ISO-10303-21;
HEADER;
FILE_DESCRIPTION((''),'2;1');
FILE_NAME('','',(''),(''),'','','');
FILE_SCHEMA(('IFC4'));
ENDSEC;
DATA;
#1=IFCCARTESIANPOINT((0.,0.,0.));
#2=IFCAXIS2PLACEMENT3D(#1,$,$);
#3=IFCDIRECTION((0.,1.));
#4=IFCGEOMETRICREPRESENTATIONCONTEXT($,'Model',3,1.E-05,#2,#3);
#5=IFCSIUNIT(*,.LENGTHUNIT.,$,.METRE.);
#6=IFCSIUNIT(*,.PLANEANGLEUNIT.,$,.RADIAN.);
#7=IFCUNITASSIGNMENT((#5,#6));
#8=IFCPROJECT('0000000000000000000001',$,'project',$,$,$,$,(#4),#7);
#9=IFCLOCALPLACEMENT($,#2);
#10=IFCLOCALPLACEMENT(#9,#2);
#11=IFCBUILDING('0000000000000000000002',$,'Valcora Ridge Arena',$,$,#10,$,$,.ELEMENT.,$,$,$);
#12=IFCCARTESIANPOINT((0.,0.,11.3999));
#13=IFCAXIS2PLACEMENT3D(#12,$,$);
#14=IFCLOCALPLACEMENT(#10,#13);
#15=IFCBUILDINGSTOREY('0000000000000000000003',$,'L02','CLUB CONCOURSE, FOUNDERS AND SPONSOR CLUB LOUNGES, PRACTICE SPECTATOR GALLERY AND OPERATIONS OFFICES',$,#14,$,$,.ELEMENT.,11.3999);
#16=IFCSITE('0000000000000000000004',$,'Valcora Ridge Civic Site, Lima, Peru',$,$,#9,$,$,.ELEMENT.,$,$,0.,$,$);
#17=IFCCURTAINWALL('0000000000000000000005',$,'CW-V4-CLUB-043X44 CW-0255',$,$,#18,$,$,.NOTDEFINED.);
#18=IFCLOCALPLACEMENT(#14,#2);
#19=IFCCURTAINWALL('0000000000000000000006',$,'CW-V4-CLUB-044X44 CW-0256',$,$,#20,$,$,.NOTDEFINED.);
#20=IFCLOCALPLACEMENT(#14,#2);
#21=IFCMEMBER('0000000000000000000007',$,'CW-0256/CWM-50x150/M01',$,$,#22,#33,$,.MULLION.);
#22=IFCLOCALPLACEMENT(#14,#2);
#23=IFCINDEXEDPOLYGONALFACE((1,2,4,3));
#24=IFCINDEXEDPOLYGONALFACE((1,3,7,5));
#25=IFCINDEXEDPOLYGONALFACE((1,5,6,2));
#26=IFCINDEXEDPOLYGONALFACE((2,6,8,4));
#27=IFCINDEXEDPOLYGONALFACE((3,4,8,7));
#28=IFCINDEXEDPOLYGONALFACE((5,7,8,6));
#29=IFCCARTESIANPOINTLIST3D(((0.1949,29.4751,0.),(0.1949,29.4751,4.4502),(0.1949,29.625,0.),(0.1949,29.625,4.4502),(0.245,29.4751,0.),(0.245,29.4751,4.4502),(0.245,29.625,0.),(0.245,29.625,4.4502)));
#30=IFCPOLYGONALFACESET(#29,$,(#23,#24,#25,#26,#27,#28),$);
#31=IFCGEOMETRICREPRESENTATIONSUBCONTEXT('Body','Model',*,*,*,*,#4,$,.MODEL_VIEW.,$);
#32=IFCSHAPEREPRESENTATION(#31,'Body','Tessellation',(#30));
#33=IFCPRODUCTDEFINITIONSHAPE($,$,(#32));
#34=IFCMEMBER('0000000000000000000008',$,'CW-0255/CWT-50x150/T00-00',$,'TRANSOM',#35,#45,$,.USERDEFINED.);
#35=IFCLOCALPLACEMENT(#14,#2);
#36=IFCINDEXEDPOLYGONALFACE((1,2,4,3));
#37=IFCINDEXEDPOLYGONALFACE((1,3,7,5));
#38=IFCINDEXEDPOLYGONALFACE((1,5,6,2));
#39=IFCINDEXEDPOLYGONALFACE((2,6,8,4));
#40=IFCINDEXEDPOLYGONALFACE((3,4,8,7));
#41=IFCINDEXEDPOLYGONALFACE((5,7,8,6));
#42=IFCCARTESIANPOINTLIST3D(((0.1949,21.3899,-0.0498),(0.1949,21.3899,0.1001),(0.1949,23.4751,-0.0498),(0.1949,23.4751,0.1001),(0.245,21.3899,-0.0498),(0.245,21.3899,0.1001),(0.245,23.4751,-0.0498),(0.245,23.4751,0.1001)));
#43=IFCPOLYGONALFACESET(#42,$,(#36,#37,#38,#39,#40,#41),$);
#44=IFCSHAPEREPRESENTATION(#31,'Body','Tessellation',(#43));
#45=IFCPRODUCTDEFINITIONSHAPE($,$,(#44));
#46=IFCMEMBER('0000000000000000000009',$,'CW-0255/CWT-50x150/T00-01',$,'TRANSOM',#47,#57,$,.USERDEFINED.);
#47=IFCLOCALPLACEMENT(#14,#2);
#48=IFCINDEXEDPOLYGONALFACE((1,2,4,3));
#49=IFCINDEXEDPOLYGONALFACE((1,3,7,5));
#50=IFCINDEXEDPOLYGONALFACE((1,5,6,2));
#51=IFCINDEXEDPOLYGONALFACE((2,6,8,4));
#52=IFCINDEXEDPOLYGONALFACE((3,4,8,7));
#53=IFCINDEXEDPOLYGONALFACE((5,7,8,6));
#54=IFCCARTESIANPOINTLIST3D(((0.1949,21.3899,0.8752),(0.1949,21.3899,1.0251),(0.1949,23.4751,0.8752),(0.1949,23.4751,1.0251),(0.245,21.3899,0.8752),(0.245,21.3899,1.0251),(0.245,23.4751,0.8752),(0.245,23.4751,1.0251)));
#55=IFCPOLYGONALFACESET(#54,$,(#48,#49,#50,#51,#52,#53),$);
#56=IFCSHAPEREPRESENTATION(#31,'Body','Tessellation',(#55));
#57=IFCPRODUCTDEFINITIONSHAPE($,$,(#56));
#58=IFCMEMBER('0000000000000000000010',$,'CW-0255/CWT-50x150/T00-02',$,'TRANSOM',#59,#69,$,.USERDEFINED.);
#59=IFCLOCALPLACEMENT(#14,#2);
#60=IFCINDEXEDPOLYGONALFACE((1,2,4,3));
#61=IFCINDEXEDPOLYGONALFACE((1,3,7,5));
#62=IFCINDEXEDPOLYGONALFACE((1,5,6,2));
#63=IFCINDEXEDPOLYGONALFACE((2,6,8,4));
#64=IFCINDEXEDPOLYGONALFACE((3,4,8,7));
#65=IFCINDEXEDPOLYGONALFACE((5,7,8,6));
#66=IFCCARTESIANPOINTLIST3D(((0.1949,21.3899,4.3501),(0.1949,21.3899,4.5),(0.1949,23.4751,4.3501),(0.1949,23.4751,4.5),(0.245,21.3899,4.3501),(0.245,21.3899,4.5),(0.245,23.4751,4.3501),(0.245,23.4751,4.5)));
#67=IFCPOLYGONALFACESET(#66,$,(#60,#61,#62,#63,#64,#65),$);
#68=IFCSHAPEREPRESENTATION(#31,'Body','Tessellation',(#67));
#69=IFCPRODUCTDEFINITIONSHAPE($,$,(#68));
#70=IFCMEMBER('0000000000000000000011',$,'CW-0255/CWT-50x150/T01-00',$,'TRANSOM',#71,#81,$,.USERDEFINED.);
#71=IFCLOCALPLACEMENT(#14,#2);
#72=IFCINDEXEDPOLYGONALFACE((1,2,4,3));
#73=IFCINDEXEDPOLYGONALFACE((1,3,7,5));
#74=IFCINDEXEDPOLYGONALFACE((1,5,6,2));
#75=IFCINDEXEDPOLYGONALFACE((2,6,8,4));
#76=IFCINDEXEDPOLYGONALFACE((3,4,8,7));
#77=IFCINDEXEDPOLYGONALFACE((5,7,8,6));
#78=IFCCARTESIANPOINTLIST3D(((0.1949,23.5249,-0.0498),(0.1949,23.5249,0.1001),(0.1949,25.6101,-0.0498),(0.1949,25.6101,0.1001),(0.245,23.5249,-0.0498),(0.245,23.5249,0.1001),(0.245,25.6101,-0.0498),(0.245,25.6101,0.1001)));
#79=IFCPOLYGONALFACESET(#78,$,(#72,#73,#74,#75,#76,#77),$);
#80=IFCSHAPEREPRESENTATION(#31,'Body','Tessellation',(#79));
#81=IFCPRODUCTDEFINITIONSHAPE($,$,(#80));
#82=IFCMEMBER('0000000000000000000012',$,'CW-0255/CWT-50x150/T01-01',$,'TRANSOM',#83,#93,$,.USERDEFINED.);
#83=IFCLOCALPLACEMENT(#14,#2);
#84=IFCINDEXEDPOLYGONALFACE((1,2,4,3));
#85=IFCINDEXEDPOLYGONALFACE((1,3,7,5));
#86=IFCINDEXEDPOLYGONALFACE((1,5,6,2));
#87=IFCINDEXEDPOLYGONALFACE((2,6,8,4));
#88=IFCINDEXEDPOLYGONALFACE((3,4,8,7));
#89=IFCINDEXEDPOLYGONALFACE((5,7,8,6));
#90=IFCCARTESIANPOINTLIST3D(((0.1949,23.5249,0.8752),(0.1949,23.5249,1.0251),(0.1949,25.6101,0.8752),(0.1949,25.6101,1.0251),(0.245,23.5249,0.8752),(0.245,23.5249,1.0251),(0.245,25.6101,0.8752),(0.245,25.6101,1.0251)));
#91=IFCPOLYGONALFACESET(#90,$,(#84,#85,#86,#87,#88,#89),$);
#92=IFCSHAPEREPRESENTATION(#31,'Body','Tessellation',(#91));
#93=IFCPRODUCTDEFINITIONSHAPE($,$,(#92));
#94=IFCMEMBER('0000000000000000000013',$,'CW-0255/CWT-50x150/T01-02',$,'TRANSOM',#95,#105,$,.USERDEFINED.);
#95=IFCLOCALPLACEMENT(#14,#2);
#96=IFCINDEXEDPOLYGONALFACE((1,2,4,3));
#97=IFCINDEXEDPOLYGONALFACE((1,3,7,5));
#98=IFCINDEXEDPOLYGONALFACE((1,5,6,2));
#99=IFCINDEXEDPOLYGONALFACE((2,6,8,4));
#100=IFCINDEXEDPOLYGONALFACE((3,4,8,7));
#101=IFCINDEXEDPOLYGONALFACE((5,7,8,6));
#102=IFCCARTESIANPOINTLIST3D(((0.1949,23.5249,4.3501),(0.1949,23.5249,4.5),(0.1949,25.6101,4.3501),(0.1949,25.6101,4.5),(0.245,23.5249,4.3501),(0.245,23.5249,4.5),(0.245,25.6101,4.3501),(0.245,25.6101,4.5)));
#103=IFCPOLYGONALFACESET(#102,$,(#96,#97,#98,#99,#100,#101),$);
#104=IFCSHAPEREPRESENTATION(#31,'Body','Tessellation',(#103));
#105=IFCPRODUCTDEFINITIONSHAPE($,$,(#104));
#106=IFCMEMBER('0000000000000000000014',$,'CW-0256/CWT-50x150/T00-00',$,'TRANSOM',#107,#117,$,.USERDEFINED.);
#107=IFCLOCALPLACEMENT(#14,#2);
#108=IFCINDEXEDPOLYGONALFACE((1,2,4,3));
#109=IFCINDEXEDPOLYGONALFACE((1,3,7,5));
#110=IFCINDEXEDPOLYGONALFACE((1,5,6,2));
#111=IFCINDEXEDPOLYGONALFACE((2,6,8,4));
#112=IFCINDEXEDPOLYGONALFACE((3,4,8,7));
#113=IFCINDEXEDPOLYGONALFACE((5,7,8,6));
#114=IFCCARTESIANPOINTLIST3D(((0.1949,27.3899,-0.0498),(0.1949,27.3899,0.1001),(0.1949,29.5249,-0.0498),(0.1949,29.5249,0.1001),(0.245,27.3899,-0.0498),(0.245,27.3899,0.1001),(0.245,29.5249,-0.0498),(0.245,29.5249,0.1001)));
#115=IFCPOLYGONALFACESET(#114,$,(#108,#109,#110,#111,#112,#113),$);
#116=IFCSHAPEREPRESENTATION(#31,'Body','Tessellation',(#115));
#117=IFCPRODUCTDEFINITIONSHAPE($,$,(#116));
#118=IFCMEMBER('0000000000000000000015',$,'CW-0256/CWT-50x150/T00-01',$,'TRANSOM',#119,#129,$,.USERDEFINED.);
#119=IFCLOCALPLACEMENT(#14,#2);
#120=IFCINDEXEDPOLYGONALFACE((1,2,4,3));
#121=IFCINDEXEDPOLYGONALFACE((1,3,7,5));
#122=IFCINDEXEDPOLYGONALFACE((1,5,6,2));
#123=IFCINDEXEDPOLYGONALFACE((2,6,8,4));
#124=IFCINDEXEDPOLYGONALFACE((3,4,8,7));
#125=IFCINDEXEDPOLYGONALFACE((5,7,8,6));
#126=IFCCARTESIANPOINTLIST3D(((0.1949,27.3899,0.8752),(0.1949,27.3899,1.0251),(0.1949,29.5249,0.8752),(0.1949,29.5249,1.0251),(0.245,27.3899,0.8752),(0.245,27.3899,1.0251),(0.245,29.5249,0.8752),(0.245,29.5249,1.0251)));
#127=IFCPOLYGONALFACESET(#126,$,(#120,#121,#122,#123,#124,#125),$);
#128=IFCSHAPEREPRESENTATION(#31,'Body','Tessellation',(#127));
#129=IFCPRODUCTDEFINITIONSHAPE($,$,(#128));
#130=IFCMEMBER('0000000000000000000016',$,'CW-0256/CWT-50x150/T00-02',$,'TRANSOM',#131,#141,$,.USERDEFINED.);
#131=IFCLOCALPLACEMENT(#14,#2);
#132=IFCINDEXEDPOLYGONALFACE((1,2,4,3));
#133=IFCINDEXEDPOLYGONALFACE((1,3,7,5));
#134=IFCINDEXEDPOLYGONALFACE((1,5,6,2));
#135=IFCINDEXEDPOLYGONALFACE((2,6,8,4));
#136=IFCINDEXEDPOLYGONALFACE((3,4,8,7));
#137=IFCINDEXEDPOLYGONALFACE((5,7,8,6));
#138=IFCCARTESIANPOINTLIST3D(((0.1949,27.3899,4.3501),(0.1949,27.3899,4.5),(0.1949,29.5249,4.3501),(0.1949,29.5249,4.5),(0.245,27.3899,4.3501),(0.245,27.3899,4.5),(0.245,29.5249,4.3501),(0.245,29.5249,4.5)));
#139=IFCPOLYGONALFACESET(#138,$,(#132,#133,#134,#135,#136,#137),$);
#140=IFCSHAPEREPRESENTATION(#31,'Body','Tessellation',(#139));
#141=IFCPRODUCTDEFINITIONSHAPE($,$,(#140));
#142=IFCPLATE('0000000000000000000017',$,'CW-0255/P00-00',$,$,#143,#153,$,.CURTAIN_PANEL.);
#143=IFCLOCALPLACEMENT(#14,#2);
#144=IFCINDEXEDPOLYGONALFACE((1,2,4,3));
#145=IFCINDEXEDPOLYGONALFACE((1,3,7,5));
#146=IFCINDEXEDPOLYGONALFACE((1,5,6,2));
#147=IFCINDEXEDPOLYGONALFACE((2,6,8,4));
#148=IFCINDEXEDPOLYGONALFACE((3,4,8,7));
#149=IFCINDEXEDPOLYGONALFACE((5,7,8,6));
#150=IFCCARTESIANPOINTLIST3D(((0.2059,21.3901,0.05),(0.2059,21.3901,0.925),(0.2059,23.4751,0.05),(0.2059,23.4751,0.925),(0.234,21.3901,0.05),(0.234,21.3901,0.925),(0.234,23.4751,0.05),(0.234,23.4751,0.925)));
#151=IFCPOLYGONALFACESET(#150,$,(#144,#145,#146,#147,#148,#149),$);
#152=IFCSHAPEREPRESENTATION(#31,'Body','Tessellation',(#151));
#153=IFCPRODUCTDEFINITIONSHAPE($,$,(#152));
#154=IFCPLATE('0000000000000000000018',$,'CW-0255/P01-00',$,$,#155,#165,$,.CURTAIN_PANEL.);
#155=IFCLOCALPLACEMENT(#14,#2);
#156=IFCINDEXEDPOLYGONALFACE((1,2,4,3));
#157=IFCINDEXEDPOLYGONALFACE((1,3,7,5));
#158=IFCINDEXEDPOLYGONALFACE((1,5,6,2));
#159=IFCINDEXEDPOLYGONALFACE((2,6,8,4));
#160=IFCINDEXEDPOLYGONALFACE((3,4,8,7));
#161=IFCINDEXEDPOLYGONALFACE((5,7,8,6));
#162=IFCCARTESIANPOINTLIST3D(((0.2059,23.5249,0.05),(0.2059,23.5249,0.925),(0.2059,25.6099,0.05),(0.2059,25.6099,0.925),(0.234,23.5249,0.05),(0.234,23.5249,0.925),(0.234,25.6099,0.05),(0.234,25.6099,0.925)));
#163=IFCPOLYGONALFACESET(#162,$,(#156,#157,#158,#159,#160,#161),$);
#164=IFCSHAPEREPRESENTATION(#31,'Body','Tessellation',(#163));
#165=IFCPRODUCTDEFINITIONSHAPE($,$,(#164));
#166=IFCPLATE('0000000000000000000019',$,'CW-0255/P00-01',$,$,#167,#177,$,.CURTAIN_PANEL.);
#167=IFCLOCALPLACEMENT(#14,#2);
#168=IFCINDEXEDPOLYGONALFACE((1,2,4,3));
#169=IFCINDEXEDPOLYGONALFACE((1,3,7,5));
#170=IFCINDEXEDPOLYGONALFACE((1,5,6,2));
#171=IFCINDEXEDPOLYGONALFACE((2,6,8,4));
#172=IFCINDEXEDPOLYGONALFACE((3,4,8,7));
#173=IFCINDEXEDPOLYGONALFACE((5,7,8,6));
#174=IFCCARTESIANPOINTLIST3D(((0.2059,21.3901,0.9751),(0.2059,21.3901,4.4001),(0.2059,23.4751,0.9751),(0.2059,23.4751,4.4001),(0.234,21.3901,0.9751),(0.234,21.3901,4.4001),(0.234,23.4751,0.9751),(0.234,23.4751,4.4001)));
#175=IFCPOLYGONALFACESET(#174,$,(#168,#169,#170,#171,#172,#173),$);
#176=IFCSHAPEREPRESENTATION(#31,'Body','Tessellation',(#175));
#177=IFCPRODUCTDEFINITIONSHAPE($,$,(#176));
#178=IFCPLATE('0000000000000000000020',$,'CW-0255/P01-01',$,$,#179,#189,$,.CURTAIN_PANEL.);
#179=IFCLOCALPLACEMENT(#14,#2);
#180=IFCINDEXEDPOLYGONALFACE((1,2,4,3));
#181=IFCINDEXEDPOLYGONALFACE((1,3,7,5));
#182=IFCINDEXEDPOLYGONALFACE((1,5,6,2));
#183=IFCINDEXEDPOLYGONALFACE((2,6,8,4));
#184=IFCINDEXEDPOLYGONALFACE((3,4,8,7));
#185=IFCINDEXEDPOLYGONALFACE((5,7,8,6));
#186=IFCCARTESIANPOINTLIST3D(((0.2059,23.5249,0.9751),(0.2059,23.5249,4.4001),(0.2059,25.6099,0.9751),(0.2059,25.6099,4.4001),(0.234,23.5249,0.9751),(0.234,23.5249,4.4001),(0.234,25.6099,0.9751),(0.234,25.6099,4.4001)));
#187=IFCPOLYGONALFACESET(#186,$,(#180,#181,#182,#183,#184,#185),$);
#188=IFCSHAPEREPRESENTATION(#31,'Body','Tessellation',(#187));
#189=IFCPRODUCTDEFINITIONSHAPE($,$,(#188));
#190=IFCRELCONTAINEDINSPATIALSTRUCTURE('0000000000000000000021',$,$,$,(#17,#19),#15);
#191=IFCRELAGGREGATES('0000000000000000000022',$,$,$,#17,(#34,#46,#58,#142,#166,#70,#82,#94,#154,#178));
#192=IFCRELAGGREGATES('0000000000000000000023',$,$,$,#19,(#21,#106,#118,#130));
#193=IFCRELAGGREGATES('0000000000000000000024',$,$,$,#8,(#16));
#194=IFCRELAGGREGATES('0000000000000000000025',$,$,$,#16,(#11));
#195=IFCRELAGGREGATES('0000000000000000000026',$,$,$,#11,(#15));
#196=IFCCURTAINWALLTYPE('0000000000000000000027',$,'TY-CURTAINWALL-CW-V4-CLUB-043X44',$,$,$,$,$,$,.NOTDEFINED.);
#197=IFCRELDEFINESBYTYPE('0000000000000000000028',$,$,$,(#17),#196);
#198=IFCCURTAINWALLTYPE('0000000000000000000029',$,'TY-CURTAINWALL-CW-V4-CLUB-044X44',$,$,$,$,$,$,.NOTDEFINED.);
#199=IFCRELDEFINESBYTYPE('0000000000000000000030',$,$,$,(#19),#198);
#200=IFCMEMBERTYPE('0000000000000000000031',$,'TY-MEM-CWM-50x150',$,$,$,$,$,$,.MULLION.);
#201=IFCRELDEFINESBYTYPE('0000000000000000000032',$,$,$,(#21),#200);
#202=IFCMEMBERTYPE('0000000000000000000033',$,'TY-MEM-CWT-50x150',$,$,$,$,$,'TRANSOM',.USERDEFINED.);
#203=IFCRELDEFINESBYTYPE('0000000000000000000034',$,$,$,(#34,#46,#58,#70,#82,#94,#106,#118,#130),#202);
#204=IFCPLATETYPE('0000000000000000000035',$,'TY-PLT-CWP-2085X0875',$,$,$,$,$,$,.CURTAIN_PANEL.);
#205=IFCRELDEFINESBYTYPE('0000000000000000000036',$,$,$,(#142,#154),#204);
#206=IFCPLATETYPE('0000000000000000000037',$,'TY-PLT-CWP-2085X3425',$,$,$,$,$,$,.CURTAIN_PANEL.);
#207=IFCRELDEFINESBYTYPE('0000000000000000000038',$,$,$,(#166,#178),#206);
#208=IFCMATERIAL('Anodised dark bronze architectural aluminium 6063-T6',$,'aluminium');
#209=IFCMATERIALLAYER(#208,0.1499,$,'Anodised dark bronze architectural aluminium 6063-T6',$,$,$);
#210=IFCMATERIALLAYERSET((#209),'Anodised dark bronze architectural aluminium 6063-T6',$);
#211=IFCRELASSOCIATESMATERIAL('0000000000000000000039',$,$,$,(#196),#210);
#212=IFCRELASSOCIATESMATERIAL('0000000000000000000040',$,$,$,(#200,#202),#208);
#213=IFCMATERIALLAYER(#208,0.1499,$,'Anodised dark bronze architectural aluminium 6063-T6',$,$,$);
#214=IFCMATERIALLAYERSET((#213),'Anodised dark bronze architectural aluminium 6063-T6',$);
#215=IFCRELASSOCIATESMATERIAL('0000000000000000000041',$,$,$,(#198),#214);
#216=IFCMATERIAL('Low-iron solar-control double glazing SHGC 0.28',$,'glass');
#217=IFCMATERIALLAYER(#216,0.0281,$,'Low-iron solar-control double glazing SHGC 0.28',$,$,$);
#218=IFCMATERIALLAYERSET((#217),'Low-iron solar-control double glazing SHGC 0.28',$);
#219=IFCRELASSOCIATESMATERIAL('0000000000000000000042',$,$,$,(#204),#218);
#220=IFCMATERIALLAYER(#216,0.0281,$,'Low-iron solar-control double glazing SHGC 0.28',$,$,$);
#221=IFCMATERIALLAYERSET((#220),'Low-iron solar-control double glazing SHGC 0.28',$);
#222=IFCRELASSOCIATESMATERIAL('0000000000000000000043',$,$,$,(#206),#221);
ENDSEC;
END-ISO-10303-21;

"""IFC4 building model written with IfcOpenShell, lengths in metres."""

from ifc_helpers import new_model, si_unit, direction, frame, origin, origin_2d, place, context, subcontext, project, spatial, rectangle, extrude, material, layer, layer_set, material_profile, profile_set, type_object, element, aggregate, save


model = new_model("IFC4")

# Units and contexts
model_context = context("Model", 3, precision=1e-05, world=origin(), true_north=direction((0.0, 1.0)))
body_context = subcontext(model_context, "Body", "Model", "MODEL_VIEW")
ifc_project = project(units=[si_unit("LENGTHUNIT", "METRE"), si_unit("PLANEANGLEUNIT", "RADIAN")], contexts=[model_context])

# Site, building, storey
site_placement = place(None, origin())
site = spatial("IfcSite", under=ifc_project, at=site_placement, Name="Valcora Ridge Civic Site, Lima, Peru", CompositionType="ELEMENT", RefElevation=0.0)
building_placement = place(site_placement, origin())
building = spatial("IfcBuilding", under=site, at=building_placement, Name="Valcora Ridge Arena", CompositionType="ELEMENT")
storey_placement = place(building_placement, frame((0.0, 0.0, 11.3999)))
storey = spatial("IfcBuildingStorey", under=building, at=storey_placement, Name="L02", Description="CLUB CONCOURSE, FOUNDERS AND SPONSOR CLUB LOUNGES, PRACTICE SPECTATOR GALLERY AND OPERATIONS OFFICES", CompositionType="ELEMENT", Elevation=11.3999)

# Curtain walls, member
ifc_material_1 = material(Name="Anodised dark bronze architectural aluminium 6063-T6", Category="aluminium")
ifc_layer_1 = layer(ifc_material_1, 0.1499, Name="Anodised dark bronze architectural aluminium 6063-T6")
ifc_layer_set_1 = layer_set([ifc_layer_1], Name="Anodised dark bronze architectural aluminium 6063-T6")
curtain_wall_type_1 = type_object("IfcCurtainWallType", Name="TY-CURTAINWALL-CW-V4-CLUB-043X44", PredefinedType="NOTDEFINED", material=ifc_layer_set_1)
curtain_wall_1_placement = place(storey_placement, origin())
curtain_wall_1 = element("IfcCurtainWall", 1, at=curtain_wall_1_placement, inside=storey, type_object=curtain_wall_type_1, Name="CW-V4-CLUB-043X44 CW-0255", PredefinedType="NOTDEFINED")
ifc_material_profile_1 = material_profile(ifc_material_1, rectangle(XDim=0.05, YDim=0.1499, at=origin_2d()), Name="ALU MULLION 50x150")
ifc_profile_set_1 = profile_set([ifc_material_profile_1], Name="Anodised dark bronze architectural aluminium 6063-T6")
member_type_1 = type_object("IfcMemberType", Name="TY-MEM-CWM-50x150", PredefinedType="MULLION", material=ifc_profile_set_1)
ifc_layer_2 = layer(ifc_material_1, 0.1499, Name="Anodised dark bronze architectural aluminium 6063-T6")
ifc_layer_set_2 = layer_set([ifc_layer_2], Name="Anodised dark bronze architectural aluminium 6063-T6")
curtain_wall_type_2 = type_object("IfcCurtainWallType", Name="TY-CURTAINWALL-CW-V4-CLUB-044X44", PredefinedType="NOTDEFINED", material=ifc_layer_set_2)
curtain_wall_2_placement = place(storey_placement, origin())
curtain_wall_2 = element("IfcCurtainWall", 2, at=curtain_wall_2_placement, inside=storey, type_object=curtain_wall_type_2, Name="CW-V4-CLUB-044X44 CW-0256", PredefinedType="NOTDEFINED")
member_1_placement = place(storey_placement, frame((0.22, 29.55, 0.0), z_axis=(0.0, 0.0, 1.0), x_axis=(-1.0, 0.0, 0.0)))
member_1 = element("IfcMember", 3, at=member_1_placement, type_object=member_type_1, Name="CW-0256/CWM-50x150/M01", PredefinedType="MULLION", context=body_context, shape_type="SweptSolid", body=[
    extrude(rectangle(XDim=0.05, YDim=0.1499, at=origin_2d()), origin(), (0.0, 0.0, 1.0), 4.4502),
])

# Members
ifc_material_profile_2 = material_profile(ifc_material_1, rectangle(XDim=0.05, YDim=0.1499, at=origin_2d()), Name="ALU TRANSOM 50x150")
ifc_profile_set_2 = profile_set([ifc_material_profile_2], Name="Anodised dark bronze architectural aluminium 6063-T6")
member_type_2 = type_object("IfcMemberType", Name="TY-MEM-CWT-50x150", ElementType="TRANSOM", PredefinedType="USERDEFINED", material=ifc_profile_set_2)
member_2_placement = place(storey_placement, frame((0.22, 21.3899, 0.0251), z_axis=(0.0, 1.0, 0.0), x_axis=(-1.0, 0.0, 0.0)))
member_2 = element("IfcMember", 4, at=member_2_placement, type_object=member_type_2, Name="CW-0255/CWT-50x150/T00-00", ObjectType="TRANSOM", PredefinedType="USERDEFINED", context=body_context, shape_type="SweptSolid", body=[
    extrude(rectangle(XDim=0.05, YDim=0.1499, at=origin_2d()), origin(), (0.0, 0.0, 1.0), 2.0852),
])
member_3_placement = place(storey_placement, frame((0.22, 21.3899, 0.9502), z_axis=(0.0, 1.0, 0.0), x_axis=(-1.0, 0.0, 0.0)))
member_3 = element("IfcMember", 5, at=member_3_placement, type_object=member_type_2, Name="CW-0255/CWT-50x150/T00-01", ObjectType="TRANSOM", PredefinedType="USERDEFINED", context=body_context, shape_type="SweptSolid", body=[
    extrude(rectangle(XDim=0.05, YDim=0.1499, at=origin_2d()), origin(), (0.0, 0.0, 1.0), 2.0852),
])
member_4_placement = place(storey_placement, frame((0.22, 21.3899, 4.425), z_axis=(0.0, 1.0, 0.0), x_axis=(-1.0, 0.0, 0.0)))
member_4 = element("IfcMember", 6, at=member_4_placement, type_object=member_type_2, Name="CW-0255/CWT-50x150/T00-02", ObjectType="TRANSOM", PredefinedType="USERDEFINED", context=body_context, shape_type="SweptSolid", body=[
    extrude(rectangle(XDim=0.05, YDim=0.1499, at=origin_2d()), origin(), (0.0, 0.0, 1.0), 2.0852),
])
member_5_placement = place(storey_placement, frame((0.22, 23.5249, 0.0251), z_axis=(0.0, 1.0, 0.0), x_axis=(-1.0, 0.0, 0.0)))
member_5 = element("IfcMember", 7, at=member_5_placement, type_object=member_type_2, Name="CW-0255/CWT-50x150/T01-00", ObjectType="TRANSOM", PredefinedType="USERDEFINED", context=body_context, shape_type="SweptSolid", body=[
    extrude(rectangle(XDim=0.05, YDim=0.1499, at=origin_2d()), origin(), (0.0, 0.0, 1.0), 2.0852),
])
member_6_placement = place(storey_placement, frame((0.22, 23.5249, 0.9502), z_axis=(0.0, 1.0, 0.0), x_axis=(-1.0, 0.0, 0.0)))
member_6 = element("IfcMember", 8, at=member_6_placement, type_object=member_type_2, Name="CW-0255/CWT-50x150/T01-01", ObjectType="TRANSOM", PredefinedType="USERDEFINED", context=body_context, shape_type="SweptSolid", body=[
    extrude(rectangle(XDim=0.05, YDim=0.1499, at=origin_2d()), origin(), (0.0, 0.0, 1.0), 2.0852),
])
member_7_placement = place(storey_placement, frame((0.22, 23.5249, 4.425), z_axis=(0.0, 1.0, 0.0), x_axis=(-1.0, 0.0, 0.0)))
member_7 = element("IfcMember", 9, at=member_7_placement, type_object=member_type_2, Name="CW-0255/CWT-50x150/T01-02", ObjectType="TRANSOM", PredefinedType="USERDEFINED", context=body_context, shape_type="SweptSolid", body=[
    extrude(rectangle(XDim=0.05, YDim=0.1499, at=origin_2d()), origin(), (0.0, 0.0, 1.0), 2.0852),
])
member_8_placement = place(storey_placement, frame((0.22, 27.3899, 0.0251), z_axis=(0.0, 1.0, 0.0), x_axis=(-1.0, 0.0, 0.0)))
member_8 = element("IfcMember", 10, at=member_8_placement, type_object=member_type_2, Name="CW-0256/CWT-50x150/T00-00", ObjectType="TRANSOM", PredefinedType="USERDEFINED", context=body_context, shape_type="SweptSolid", body=[
    extrude(rectangle(XDim=0.05, YDim=0.1499, at=origin_2d()), origin(), (0.0, 0.0, 1.0), 2.135),
])
member_9_placement = place(storey_placement, frame((0.22, 27.3899, 0.9502), z_axis=(0.0, 1.0, 0.0), x_axis=(-1.0, 0.0, 0.0)))
member_9 = element("IfcMember", 11, at=member_9_placement, type_object=member_type_2, Name="CW-0256/CWT-50x150/T00-01", ObjectType="TRANSOM", PredefinedType="USERDEFINED", context=body_context, shape_type="SweptSolid", body=[
    extrude(rectangle(XDim=0.05, YDim=0.1499, at=origin_2d()), origin(), (0.0, 0.0, 1.0), 2.135),
])
member_10_placement = place(storey_placement, frame((0.22, 27.3899, 4.425), z_axis=(0.0, 1.0, 0.0), x_axis=(-1.0, 0.0, 0.0)))
member_10 = element("IfcMember", 12, at=member_10_placement, type_object=member_type_2, Name="CW-0256/CWT-50x150/T00-02", ObjectType="TRANSOM", PredefinedType="USERDEFINED", context=body_context, shape_type="SweptSolid", body=[
    extrude(rectangle(XDim=0.05, YDim=0.1499, at=origin_2d()), origin(), (0.0, 0.0, 1.0), 2.135),
])

# Plates
ifc_material_2 = material(Name="Low-iron solar-control double glazing SHGC 0.28", Category="glass")
ifc_layer_3 = layer(ifc_material_2, 0.0281, Name="Low-iron solar-control double glazing SHGC 0.28")
ifc_layer_set_3 = layer_set([ifc_layer_3], Name="Low-iron solar-control double glazing SHGC 0.28")
plate_type_1 = type_object("IfcPlateType", Name="TY-PLT-CWP-2085X0875", PredefinedType="CURTAIN_PANEL", material=ifc_layer_set_3)
plate_1_placement = place(storey_placement, frame((0.22, 22.4326, 0.05), z_axis=(0.0, 0.0, 1.0), x_axis=(0.0, 1.0, 0.0)))
plate_1 = element("IfcPlate", 13, at=plate_1_placement, type_object=plate_type_1, Name="CW-0255/P00-00", PredefinedType="CURTAIN_PANEL", context=body_context, shape_type="SweptSolid", body=[
    extrude(rectangle(XDim=2.085, YDim=0.0281, at=origin_2d()), origin(), (0.0, 0.0, 1.0), 0.875),
])
plate_2_placement = place(storey_placement, frame((0.22, 24.5674, 0.05), z_axis=(0.0, 0.0, 1.0), x_axis=(0.0, 1.0, 0.0)))
plate_2 = element("IfcPlate", 14, at=plate_2_placement, type_object=plate_type_1, Name="CW-0255/P01-00", PredefinedType="CURTAIN_PANEL", context=body_context, shape_type="SweptSolid", body=[
    extrude(rectangle(XDim=2.085, YDim=0.0281, at=origin_2d()), origin(), (0.0, 0.0, 1.0), 0.875),
])
ifc_layer_4 = layer(ifc_material_2, 0.0281, Name="Low-iron solar-control double glazing SHGC 0.28")
ifc_layer_set_4 = layer_set([ifc_layer_4], Name="Low-iron solar-control double glazing SHGC 0.28")
plate_type_2 = type_object("IfcPlateType", Name="TY-PLT-CWP-2085X3425", PredefinedType="CURTAIN_PANEL", material=ifc_layer_set_4)
plate_3_placement = place(storey_placement, frame((0.22, 22.4326, 0.9751), z_axis=(0.0, 0.0, 1.0), x_axis=(0.0, 1.0, 0.0)))
plate_3 = element("IfcPlate", 15, at=plate_3_placement, type_object=plate_type_2, Name="CW-0255/P00-01", PredefinedType="CURTAIN_PANEL", context=body_context, shape_type="SweptSolid", body=[
    extrude(rectangle(XDim=2.085, YDim=0.0281, at=origin_2d()), origin(), (0.0, 0.0, 1.0), 3.425),
])
plate_4_placement = place(storey_placement, frame((0.22, 24.5674, 0.9751), z_axis=(0.0, 0.0, 1.0), x_axis=(0.0, 1.0, 0.0)))
plate_4 = element("IfcPlate", 16, at=plate_4_placement, type_object=plate_type_2, Name="CW-0255/P01-01", PredefinedType="CURTAIN_PANEL", context=body_context, shape_type="SweptSolid", body=[
    extrude(rectangle(XDim=2.085, YDim=0.0281, at=origin_2d()), origin(), (0.0, 0.0, 1.0), 3.425),
])
aggregate(curtain_wall_1, [member_2, member_3, member_4, plate_1, plate_3, member_5, member_6, member_7, plate_2, plate_4])
aggregate(curtain_wall_2, [member_1, member_8, member_9, member_10])

save(model, "model.ifc")
